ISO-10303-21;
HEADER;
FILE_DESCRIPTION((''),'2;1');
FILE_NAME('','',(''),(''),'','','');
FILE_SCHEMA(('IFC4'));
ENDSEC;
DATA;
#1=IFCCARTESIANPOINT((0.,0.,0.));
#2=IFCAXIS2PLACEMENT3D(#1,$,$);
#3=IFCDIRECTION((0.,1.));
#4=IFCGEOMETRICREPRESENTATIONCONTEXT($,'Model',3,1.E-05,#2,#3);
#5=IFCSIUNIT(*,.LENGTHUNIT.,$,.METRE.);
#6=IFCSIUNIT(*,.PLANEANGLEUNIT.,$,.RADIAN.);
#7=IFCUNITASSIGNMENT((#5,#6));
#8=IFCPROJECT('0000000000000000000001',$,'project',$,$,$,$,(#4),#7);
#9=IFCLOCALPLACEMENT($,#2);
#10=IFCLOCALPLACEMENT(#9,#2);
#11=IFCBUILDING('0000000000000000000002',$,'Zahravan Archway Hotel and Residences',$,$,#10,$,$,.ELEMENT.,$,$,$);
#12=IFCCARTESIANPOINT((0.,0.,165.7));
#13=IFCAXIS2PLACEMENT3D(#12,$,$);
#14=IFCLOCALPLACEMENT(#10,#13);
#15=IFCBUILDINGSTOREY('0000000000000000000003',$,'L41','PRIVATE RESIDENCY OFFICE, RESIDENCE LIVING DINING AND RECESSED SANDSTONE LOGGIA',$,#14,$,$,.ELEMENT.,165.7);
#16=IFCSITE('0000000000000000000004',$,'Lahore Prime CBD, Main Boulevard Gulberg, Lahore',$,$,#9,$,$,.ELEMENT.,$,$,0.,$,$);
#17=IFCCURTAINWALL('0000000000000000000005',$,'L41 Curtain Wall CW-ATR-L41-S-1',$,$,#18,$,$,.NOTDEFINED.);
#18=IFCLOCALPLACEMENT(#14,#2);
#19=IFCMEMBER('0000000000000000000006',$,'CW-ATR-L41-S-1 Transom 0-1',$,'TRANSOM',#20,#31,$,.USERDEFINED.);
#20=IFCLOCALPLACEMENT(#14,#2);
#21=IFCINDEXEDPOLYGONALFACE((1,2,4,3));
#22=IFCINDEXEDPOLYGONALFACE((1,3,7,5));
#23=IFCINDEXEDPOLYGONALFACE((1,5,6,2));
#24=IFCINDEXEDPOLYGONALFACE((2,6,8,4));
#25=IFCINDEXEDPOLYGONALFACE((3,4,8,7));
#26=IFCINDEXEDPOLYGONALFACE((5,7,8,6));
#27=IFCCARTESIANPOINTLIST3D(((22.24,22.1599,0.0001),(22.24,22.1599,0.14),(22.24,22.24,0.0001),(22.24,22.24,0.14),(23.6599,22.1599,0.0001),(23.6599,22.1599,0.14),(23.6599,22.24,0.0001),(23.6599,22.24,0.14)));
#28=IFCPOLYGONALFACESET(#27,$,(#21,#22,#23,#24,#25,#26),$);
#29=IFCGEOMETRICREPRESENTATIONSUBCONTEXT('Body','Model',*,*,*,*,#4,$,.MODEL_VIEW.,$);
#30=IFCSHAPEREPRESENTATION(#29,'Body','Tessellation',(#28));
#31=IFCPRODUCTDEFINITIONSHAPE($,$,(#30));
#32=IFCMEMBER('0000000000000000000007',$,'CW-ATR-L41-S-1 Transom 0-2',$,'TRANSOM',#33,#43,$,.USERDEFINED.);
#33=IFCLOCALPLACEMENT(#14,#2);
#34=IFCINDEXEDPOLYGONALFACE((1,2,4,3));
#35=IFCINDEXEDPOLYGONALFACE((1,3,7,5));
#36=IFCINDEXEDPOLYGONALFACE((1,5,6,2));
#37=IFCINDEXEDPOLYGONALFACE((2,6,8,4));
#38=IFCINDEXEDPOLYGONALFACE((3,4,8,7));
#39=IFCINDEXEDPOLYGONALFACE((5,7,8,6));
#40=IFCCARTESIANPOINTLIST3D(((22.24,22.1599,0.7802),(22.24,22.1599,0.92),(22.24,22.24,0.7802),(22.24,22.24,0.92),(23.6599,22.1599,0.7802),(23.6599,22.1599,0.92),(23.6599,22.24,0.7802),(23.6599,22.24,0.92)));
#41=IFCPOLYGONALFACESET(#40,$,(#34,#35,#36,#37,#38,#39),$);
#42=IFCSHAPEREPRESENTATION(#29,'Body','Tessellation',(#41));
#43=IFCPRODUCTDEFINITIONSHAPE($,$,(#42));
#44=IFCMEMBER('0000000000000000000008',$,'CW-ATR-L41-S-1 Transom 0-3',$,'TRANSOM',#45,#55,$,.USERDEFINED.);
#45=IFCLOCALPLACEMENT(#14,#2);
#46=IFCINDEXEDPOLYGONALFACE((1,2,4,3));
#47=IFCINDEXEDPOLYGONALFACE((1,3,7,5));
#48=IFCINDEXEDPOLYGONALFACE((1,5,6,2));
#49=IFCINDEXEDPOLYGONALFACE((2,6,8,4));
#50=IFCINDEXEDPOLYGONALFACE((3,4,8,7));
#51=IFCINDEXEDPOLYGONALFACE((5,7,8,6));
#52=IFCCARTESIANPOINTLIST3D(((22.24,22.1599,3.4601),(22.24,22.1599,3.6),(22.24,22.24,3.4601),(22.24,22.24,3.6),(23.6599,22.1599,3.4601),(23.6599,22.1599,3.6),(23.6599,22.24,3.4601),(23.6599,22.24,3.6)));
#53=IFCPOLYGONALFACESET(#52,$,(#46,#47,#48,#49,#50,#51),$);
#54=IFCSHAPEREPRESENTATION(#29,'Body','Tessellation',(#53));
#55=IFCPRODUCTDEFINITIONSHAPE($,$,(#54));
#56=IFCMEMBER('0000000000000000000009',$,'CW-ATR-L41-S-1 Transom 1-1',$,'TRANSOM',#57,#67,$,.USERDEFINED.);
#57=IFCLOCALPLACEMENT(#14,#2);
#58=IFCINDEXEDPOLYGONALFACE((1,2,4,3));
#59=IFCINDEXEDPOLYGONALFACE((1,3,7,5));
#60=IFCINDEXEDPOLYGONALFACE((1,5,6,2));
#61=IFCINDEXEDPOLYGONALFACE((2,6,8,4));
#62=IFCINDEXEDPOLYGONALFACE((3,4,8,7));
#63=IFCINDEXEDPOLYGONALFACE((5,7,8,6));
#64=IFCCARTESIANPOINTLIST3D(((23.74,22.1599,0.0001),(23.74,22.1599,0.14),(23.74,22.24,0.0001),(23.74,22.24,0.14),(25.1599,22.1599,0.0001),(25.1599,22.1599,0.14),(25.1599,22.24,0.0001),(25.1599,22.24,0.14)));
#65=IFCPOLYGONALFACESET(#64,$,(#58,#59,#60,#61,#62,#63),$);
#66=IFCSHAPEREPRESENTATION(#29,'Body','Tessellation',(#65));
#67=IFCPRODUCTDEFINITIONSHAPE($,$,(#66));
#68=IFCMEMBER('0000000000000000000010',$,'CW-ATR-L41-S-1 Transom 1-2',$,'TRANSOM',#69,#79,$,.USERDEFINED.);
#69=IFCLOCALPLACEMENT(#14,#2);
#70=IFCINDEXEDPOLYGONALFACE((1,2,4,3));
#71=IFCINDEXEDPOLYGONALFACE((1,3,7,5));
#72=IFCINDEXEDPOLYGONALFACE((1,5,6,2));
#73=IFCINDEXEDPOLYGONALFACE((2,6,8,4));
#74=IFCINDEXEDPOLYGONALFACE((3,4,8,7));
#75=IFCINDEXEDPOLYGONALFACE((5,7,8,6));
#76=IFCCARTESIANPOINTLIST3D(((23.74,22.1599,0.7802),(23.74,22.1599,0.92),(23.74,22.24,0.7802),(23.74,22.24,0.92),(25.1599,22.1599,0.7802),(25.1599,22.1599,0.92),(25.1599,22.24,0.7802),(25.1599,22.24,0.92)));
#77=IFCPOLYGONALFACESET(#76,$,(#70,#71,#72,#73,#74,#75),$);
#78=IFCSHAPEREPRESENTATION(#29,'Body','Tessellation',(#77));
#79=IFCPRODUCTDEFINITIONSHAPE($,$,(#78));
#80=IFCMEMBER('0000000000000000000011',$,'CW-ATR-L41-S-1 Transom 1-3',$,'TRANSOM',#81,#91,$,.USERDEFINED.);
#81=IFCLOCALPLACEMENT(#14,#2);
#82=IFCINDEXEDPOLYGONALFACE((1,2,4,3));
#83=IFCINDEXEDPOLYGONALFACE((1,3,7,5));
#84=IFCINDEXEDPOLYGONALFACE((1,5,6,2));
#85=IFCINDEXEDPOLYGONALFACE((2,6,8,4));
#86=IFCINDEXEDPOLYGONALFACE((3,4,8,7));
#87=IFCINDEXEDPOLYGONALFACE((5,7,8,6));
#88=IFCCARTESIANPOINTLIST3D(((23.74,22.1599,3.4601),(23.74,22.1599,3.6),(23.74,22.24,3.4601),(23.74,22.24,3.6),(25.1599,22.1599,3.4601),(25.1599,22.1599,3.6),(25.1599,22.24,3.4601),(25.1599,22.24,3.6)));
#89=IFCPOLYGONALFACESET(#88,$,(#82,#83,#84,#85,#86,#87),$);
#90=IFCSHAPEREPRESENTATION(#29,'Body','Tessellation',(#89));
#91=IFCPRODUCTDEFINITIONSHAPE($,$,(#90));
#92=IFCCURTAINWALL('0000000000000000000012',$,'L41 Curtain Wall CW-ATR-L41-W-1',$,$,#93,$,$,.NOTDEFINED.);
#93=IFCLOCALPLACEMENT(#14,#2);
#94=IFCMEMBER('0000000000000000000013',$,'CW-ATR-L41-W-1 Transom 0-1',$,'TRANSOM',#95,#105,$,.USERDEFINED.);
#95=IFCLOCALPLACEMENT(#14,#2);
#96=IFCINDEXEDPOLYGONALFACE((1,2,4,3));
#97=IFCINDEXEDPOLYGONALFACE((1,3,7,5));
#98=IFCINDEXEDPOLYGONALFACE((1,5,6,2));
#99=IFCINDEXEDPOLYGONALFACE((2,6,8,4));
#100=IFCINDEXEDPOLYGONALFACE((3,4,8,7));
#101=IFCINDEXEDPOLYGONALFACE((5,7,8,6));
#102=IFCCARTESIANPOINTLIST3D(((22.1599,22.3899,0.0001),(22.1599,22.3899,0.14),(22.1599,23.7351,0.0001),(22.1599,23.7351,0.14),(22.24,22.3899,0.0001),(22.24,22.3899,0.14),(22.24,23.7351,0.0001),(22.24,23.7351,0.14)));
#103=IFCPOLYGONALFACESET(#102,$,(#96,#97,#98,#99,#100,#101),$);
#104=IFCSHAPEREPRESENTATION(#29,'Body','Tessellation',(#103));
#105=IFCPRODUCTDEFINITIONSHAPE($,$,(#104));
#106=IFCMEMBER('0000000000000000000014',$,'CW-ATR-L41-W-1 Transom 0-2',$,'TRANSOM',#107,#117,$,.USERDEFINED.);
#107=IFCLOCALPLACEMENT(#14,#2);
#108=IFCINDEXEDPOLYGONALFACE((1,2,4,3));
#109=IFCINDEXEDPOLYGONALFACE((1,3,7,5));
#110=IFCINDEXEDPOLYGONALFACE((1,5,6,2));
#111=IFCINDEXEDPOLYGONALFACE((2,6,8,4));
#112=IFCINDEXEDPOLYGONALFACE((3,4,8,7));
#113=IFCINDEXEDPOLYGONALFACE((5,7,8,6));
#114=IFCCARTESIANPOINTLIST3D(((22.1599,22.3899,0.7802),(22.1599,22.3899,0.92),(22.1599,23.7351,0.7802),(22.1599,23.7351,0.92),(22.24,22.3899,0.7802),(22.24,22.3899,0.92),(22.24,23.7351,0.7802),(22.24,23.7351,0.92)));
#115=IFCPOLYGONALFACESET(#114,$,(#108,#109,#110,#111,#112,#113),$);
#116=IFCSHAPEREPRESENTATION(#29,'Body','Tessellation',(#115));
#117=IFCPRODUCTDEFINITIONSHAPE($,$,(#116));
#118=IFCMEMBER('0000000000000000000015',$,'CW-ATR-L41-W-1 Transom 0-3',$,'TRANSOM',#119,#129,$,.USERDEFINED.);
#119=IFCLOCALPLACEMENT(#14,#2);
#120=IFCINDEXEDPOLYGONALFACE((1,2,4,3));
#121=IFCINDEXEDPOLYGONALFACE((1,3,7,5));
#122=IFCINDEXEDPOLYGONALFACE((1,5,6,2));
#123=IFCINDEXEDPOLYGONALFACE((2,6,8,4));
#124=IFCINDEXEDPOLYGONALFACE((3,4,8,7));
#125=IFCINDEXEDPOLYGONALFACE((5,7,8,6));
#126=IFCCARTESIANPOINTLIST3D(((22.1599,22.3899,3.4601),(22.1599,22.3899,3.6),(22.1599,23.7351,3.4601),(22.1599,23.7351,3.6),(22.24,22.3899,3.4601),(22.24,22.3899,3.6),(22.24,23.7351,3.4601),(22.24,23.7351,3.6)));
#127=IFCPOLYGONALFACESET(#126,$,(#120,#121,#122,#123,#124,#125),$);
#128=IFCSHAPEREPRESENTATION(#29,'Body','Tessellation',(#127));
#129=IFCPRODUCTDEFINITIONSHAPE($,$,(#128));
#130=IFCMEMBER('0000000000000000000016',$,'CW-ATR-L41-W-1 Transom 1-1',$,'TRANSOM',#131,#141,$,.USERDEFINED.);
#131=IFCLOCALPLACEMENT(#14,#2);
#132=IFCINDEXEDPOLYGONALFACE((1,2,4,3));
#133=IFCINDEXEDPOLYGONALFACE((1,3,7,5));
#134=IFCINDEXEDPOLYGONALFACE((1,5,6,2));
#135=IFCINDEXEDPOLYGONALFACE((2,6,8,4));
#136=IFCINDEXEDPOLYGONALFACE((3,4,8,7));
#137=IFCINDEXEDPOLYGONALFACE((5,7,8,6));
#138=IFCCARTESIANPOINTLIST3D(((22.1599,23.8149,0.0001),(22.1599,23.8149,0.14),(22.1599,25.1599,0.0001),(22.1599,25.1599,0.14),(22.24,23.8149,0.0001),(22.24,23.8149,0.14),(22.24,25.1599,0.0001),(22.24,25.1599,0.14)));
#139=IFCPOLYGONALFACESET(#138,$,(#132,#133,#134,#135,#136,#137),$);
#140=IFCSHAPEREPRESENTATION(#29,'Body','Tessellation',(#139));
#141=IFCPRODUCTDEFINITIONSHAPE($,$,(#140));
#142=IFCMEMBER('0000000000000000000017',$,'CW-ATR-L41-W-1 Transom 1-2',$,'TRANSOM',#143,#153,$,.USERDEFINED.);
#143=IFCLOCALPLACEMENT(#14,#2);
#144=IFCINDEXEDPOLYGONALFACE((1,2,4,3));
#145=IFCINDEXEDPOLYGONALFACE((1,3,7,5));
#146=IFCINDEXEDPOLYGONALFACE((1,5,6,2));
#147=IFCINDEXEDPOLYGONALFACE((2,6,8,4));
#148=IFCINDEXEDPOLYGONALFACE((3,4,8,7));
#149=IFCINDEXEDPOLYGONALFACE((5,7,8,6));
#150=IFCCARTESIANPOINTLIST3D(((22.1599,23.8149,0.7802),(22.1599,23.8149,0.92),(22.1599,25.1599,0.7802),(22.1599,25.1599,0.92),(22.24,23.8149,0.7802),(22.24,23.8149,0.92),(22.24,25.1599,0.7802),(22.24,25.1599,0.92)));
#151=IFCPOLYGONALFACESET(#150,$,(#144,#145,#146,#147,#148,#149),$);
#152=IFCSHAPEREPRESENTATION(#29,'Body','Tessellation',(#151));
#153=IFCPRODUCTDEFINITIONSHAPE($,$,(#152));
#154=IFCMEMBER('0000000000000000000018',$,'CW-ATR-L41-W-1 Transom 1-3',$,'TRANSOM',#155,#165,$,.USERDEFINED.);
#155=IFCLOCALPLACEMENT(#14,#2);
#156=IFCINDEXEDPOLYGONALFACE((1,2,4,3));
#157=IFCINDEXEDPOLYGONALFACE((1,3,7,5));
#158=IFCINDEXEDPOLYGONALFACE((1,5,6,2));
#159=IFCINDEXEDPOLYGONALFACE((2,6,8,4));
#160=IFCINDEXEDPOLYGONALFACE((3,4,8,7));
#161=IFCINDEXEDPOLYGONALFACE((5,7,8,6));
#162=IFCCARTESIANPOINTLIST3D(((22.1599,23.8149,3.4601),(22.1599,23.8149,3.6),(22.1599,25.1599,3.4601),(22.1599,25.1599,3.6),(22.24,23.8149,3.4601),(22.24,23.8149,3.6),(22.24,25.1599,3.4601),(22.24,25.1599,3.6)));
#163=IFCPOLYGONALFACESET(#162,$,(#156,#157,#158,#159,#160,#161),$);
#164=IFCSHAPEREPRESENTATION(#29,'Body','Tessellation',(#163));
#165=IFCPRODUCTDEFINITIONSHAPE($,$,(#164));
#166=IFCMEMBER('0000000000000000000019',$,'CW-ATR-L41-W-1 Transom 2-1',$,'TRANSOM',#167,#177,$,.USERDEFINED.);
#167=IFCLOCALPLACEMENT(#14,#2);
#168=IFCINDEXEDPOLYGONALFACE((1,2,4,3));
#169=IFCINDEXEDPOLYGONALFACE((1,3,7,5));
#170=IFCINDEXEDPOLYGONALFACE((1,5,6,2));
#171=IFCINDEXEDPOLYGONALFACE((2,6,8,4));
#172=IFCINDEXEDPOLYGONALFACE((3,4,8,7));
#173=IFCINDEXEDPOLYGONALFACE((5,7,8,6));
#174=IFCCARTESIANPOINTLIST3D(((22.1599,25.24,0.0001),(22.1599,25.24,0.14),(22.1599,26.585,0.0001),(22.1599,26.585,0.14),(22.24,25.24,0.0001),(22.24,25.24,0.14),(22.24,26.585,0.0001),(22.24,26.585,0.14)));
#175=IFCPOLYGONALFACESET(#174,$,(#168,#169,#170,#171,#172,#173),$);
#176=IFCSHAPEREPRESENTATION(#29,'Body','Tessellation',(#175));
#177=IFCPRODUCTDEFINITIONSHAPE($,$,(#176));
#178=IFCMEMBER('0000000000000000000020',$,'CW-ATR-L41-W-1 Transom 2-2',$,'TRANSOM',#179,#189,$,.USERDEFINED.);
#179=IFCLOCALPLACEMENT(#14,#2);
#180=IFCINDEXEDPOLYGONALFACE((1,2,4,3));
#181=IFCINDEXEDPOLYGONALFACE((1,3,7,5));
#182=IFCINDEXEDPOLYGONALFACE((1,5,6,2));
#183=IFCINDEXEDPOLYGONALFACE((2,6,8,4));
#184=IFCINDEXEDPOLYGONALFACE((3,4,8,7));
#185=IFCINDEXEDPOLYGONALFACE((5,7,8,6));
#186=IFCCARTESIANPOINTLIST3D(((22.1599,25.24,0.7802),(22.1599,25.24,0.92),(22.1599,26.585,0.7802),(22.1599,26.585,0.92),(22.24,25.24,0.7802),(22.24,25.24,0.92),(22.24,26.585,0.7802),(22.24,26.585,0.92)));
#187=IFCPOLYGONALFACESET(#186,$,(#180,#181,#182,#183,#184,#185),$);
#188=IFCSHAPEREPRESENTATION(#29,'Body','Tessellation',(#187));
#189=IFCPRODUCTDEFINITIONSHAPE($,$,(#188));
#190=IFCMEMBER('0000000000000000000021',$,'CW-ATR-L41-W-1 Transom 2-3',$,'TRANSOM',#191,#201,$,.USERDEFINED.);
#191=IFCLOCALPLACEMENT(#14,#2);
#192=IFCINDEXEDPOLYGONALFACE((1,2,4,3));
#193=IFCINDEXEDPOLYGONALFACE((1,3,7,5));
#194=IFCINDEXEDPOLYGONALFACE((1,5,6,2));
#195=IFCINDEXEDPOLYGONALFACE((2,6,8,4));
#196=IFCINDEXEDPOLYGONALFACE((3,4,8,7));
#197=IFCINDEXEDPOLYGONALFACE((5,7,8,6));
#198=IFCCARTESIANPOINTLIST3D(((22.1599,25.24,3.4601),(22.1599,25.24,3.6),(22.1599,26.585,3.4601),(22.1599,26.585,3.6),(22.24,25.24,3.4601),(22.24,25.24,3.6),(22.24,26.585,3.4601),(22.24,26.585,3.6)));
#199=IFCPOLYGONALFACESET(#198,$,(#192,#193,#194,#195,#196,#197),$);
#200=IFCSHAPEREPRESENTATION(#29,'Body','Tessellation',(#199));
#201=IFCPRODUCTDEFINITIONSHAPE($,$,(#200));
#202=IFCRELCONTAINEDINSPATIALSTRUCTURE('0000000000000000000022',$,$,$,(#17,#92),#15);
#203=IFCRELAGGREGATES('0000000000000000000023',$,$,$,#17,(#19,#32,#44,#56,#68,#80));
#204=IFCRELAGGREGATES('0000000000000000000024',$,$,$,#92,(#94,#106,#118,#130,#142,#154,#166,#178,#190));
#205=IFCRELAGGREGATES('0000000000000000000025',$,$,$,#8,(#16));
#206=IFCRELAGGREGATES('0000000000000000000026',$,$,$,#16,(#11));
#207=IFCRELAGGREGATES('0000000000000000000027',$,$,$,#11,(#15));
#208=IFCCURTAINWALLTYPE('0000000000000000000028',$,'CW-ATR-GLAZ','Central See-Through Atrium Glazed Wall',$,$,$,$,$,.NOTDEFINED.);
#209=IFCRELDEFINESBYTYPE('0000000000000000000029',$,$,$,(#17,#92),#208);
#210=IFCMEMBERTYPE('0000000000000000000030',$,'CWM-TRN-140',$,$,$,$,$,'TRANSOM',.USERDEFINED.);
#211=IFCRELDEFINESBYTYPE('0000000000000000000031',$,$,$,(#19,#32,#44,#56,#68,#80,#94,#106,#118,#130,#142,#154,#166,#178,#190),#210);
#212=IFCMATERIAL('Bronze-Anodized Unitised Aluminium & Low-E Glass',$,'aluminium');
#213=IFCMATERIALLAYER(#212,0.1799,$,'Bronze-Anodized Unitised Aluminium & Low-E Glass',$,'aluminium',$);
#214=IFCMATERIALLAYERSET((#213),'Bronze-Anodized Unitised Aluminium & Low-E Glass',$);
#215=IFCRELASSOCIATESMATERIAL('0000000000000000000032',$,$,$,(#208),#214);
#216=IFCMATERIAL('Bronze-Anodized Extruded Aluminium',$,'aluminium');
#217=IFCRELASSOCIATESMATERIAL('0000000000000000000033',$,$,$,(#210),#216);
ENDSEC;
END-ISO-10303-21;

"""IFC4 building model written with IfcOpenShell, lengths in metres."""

from ifc_helpers import new_model, si_unit, direction, frame, origin, origin_2d, place, context, subcontext, project, spatial, rectangle, extrude, source, transform, mapped, material, layer, layer_set, material_profile, profile_set, type_object, element, aggregate, save


model = new_model("IFC4")

# Units and contexts
model_context = context("Model", 3, precision=1e-05, world=origin(), true_north=direction((0.0, 1.0)))
body_context = subcontext(model_context, "Body", "Model", "MODEL_VIEW")
ifc_project = project(units=[si_unit("LENGTHUNIT", "METRE"), si_unit("PLANEANGLEUNIT", "RADIAN")], contexts=[model_context])

# Site, building, storey
site_placement = place(None, origin())
site = spatial("IfcSite", under=ifc_project, at=site_placement, Name="Lahore Prime CBD, Main Boulevard Gulberg, Lahore", CompositionType="ELEMENT", RefElevation=0.0)
building_placement = place(site_placement, origin())
building = spatial("IfcBuilding", under=site, at=building_placement, Name="Zahravan Archway Hotel and Residences", CompositionType="ELEMENT")
storey_placement = place(building_placement, frame((0.0, 0.0, 165.7)))
storey = spatial("IfcBuildingStorey", under=building, at=storey_placement, Name="L41", Description="PRIVATE RESIDENCY OFFICE, RESIDENCE LIVING DINING AND RECESSED SANDSTONE LOGGIA", CompositionType="ELEMENT", Elevation=165.7)

# Curtain walls, members
ifc_material_1 = material(Name="Bronze-Anodized Unitised Aluminium & Low-E Glass", Category="aluminium")
ifc_layer_1 = layer(ifc_material_1, 0.1799, Name="Bronze-Anodized Unitised Aluminium & Low-E Glass", Category="aluminium")
ifc_layer_set_1 = layer_set([ifc_layer_1], Name="Bronze-Anodized Unitised Aluminium & Low-E Glass")
curtain_wall_type = type_object("IfcCurtainWallType", Name="CW-ATR-GLAZ", Description="Central See-Through Atrium Glazed Wall", PredefinedType="NOTDEFINED", material=ifc_layer_set_1)
curtain_wall_1_placement = place(storey_placement, origin())
curtain_wall_1 = element("IfcCurtainWall", 1, at=curtain_wall_1_placement, inside=storey, type_object=curtain_wall_type, Name="L41 Curtain Wall CW-ATR-L41-S-1", PredefinedType="NOTDEFINED")
ifc_material_2 = material(Name="Bronze-Anodized Extruded Aluminium", Category="aluminium")
ifc_material_profile_1 = material_profile(ifc_material_2, rectangle(XDim=0.0801, YDim=0.1399, at=origin_2d()), Name="TRN 80x140", Category="aluminium")
ifc_profile_set_1 = profile_set([ifc_material_profile_1], Name="Bronze-Anodized Extruded Aluminium")
member_type_1 = type_object("IfcMemberType", Name="CWM-TRN-140", ElementType="TRANSOM", PredefinedType="USERDEFINED", material=ifc_profile_set_1)
shared_shape_1 = source(origin(), body_context, "Body", "SweptSolid", [
    extrude(rectangle(XDim=0.0801, YDim=0.1399, at=origin_2d()), origin(), (0.0, 0.0, 1.0), 1.4199),
])
member_1_placement = place(storey_placement, frame((22.24, 22.2, 0.0701), z_axis=(1.0, 0.0, 0.0), x_axis=(0.0, 1.0, 0.0)))
member_1 = element("IfcMember", 2, at=member_1_placement, type_object=member_type_1, Name="CW-ATR-L41-S-1 Transom 0-1", ObjectType="TRANSOM", PredefinedType="USERDEFINED", context=body_context, shape_type="MappedRepresentation", body=[
    mapped(shared_shape_1, transform((0.0, 0.0, 0.0), scale=1.0)),
])
member_2_placement = place(storey_placement, frame((22.24, 22.2, 0.8501), z_axis=(1.0, 0.0, 0.0), x_axis=(0.0, 1.0, 0.0)))
member_2 = element("IfcMember", 3, at=member_2_placement, type_object=member_type_1, Name="CW-ATR-L41-S-1 Transom 0-2", ObjectType="TRANSOM", PredefinedType="USERDEFINED", context=body_context, shape_type="MappedRepresentation", body=[
    mapped(shared_shape_1, transform((0.0, 0.0, 0.0), scale=1.0)),
])
member_3_placement = place(storey_placement, frame((22.24, 22.2, 3.53), z_axis=(1.0, 0.0, 0.0), x_axis=(0.0, 1.0, 0.0)))
member_3 = element("IfcMember", 4, at=member_3_placement, type_object=member_type_1, Name="CW-ATR-L41-S-1 Transom 0-3", ObjectType="TRANSOM", PredefinedType="USERDEFINED", context=body_context, shape_type="MappedRepresentation", body=[
    mapped(shared_shape_1, transform((0.0, 0.0, 0.0), scale=1.0)),
])
member_4_placement = place(storey_placement, frame((23.74, 22.2, 0.0701), z_axis=(1.0, 0.0, 0.0), x_axis=(0.0, 1.0, 0.0)))
member_4 = element("IfcMember", 5, at=member_4_placement, type_object=member_type_1, Name="CW-ATR-L41-S-1 Transom 1-1", ObjectType="TRANSOM", PredefinedType="USERDEFINED", context=body_context, shape_type="MappedRepresentation", body=[
    mapped(shared_shape_1, transform((0.0, 0.0, 0.0), scale=1.0)),
])
member_5_placement = place(storey_placement, frame((23.74, 22.2, 0.8501), z_axis=(1.0, 0.0, 0.0), x_axis=(0.0, 1.0, 0.0)))
member_5 = element("IfcMember", 6, at=member_5_placement, type_object=member_type_1, Name="CW-ATR-L41-S-1 Transom 1-2", ObjectType="TRANSOM", PredefinedType="USERDEFINED", context=body_context, shape_type="MappedRepresentation", body=[
    mapped(shared_shape_1, transform((0.0, 0.0, 0.0), scale=1.0)),
])
member_6_placement = place(storey_placement, frame((23.74, 22.2, 3.53), z_axis=(1.0, 0.0, 0.0), x_axis=(0.0, 1.0, 0.0)))
member_6 = element("IfcMember", 7, at=member_6_placement, type_object=member_type_1, Name="CW-ATR-L41-S-1 Transom 1-3", ObjectType="TRANSOM", PredefinedType="USERDEFINED", context=body_context, shape_type="MappedRepresentation", body=[
    mapped(shared_shape_1, transform((0.0, 0.0, 0.0), scale=1.0)),
])
curtain_wall_2_placement = place(storey_placement, origin())
curtain_wall_2 = element("IfcCurtainWall", 8, at=curtain_wall_2_placement, inside=storey, type_object=curtain_wall_type, Name="L41 Curtain Wall CW-ATR-L41-W-1", PredefinedType="NOTDEFINED")
shared_shape_2 = source(origin(), body_context, "Body", "SweptSolid", [
    extrude(rectangle(XDim=0.0801, YDim=0.1399, at=origin_2d()), origin(), (0.0, 0.0, 1.0), 1.3452),
])
member_7_placement = place(storey_placement, frame((22.2, 22.3899, 0.0701), z_axis=(0.0, 1.0, 0.0), x_axis=(-1.0, 0.0, 0.0)))
member_7 = element("IfcMember", 9, at=member_7_placement, type_object=member_type_1, Name="CW-ATR-L41-W-1 Transom 0-1", ObjectType="TRANSOM", PredefinedType="USERDEFINED", context=body_context, shape_type="MappedRepresentation", body=[
    mapped(shared_shape_2, transform((0.0, 0.0, 0.0), scale=1.0)),
])
member_8_placement = place(storey_placement, frame((22.2, 22.3899, 0.8501), z_axis=(0.0, 1.0, 0.0), x_axis=(-1.0, 0.0, 0.0)))
member_8 = element("IfcMember", 10, at=member_8_placement, type_object=member_type_1, Name="CW-ATR-L41-W-1 Transom 0-2", ObjectType="TRANSOM", PredefinedType="USERDEFINED", context=body_context, shape_type="MappedRepresentation", body=[
    mapped(shared_shape_2, transform((0.0, 0.0, 0.0), scale=1.0)),
])
member_9_placement = place(storey_placement, frame((22.2, 22.3899, 3.53), z_axis=(0.0, 1.0, 0.0), x_axis=(-1.0, 0.0, 0.0)))
member_9 = element("IfcMember", 11, at=member_9_placement, type_object=member_type_1, Name="CW-ATR-L41-W-1 Transom 0-3", ObjectType="TRANSOM", PredefinedType="USERDEFINED", context=body_context, shape_type="MappedRepresentation", body=[
    mapped(shared_shape_2, transform((0.0, 0.0, 0.0), scale=1.0)),
])
shared_shape_3 = source(origin(), body_context, "Body", "SweptSolid", [
    extrude(rectangle(XDim=0.0801, YDim=0.1399, at=origin_2d()), origin(), (0.0, 0.0, 1.0), 1.345),
])
member_10_placement = place(storey_placement, frame((22.2, 23.8149, 0.0701), z_axis=(0.0, 1.0, 0.0), x_axis=(-1.0, 0.0, 0.0)))
member_10 = element("IfcMember", 12, at=member_10_placement, type_object=member_type_1, Name="CW-ATR-L41-W-1 Transom 1-1", ObjectType="TRANSOM", PredefinedType="USERDEFINED", context=body_context, shape_type="MappedRepresentation", body=[
    mapped(shared_shape_3, transform((0.0, 0.0, 0.0), scale=1.0)),
])
member_11_placement = place(storey_placement, frame((22.2, 23.8149, 0.8501), z_axis=(0.0, 1.0, 0.0), x_axis=(-1.0, 0.0, 0.0)))
member_11 = element("IfcMember", 13, at=member_11_placement, type_object=member_type_1, Name="CW-ATR-L41-W-1 Transom 1-2", ObjectType="TRANSOM", PredefinedType="USERDEFINED", context=body_context, shape_type="MappedRepresentation", body=[
    mapped(shared_shape_3, transform((0.0, 0.0, 0.0), scale=1.0)),
])
member_12_placement = place(storey_placement, frame((22.2, 23.8149, 3.53), z_axis=(0.0, 1.0, 0.0), x_axis=(-1.0, 0.0, 0.0)))
member_12 = element("IfcMember", 14, at=member_12_placement, type_object=member_type_1, Name="CW-ATR-L41-W-1 Transom 1-3", ObjectType="TRANSOM", PredefinedType="USERDEFINED", context=body_context, shape_type="MappedRepresentation", body=[
    mapped(shared_shape_3, transform((0.0, 0.0, 0.0), scale=1.0)),
])
member_13_placement = place(storey_placement, frame((22.2, 25.24, 0.0701), z_axis=(0.0, 1.0, 0.0), x_axis=(-1.0, 0.0, 0.0)))
member_13 = element("IfcMember", 15, at=member_13_placement, type_object=member_type_1, Name="CW-ATR-L41-W-1 Transom 2-1", ObjectType="TRANSOM", PredefinedType="USERDEFINED", context=body_context, shape_type="MappedRepresentation", body=[
    mapped(shared_shape_3, transform((0.0, 0.0, 0.0), scale=1.0)),
])
member_14_placement = place(storey_placement, frame((22.2, 25.24, 0.8501), z_axis=(0.0, 1.0, 0.0), x_axis=(-1.0, 0.0, 0.0)))
member_14 = element("IfcMember", 16, at=member_14_placement, type_object=member_type_1, Name="CW-ATR-L41-W-1 Transom 2-2", ObjectType="TRANSOM", PredefinedType="USERDEFINED", context=body_context, shape_type="MappedRepresentation", body=[
    mapped(shared_shape_3, transform((0.0, 0.0, 0.0), scale=1.0)),
])
member_15_placement = place(storey_placement, frame((22.2, 25.24, 3.53), z_axis=(0.0, 1.0, 0.0), x_axis=(-1.0, 0.0, 0.0)))
member_15 = element("IfcMember", 17, at=member_15_placement, type_object=member_type_1, Name="CW-ATR-L41-W-1 Transom 2-3", ObjectType="TRANSOM", PredefinedType="USERDEFINED", context=body_context, shape_type="MappedRepresentation", body=[
    mapped(shared_shape_3, transform((0.0, 0.0, 0.0), scale=1.0)),
])

aggregate(curtain_wall_1, [member_1, member_2, member_3, member_4, member_5, member_6])
aggregate(curtain_wall_2, [member_7, member_8, member_9, member_10, member_11, member_12, member_13, member_14, member_15])

save(model, "model.ifc")
